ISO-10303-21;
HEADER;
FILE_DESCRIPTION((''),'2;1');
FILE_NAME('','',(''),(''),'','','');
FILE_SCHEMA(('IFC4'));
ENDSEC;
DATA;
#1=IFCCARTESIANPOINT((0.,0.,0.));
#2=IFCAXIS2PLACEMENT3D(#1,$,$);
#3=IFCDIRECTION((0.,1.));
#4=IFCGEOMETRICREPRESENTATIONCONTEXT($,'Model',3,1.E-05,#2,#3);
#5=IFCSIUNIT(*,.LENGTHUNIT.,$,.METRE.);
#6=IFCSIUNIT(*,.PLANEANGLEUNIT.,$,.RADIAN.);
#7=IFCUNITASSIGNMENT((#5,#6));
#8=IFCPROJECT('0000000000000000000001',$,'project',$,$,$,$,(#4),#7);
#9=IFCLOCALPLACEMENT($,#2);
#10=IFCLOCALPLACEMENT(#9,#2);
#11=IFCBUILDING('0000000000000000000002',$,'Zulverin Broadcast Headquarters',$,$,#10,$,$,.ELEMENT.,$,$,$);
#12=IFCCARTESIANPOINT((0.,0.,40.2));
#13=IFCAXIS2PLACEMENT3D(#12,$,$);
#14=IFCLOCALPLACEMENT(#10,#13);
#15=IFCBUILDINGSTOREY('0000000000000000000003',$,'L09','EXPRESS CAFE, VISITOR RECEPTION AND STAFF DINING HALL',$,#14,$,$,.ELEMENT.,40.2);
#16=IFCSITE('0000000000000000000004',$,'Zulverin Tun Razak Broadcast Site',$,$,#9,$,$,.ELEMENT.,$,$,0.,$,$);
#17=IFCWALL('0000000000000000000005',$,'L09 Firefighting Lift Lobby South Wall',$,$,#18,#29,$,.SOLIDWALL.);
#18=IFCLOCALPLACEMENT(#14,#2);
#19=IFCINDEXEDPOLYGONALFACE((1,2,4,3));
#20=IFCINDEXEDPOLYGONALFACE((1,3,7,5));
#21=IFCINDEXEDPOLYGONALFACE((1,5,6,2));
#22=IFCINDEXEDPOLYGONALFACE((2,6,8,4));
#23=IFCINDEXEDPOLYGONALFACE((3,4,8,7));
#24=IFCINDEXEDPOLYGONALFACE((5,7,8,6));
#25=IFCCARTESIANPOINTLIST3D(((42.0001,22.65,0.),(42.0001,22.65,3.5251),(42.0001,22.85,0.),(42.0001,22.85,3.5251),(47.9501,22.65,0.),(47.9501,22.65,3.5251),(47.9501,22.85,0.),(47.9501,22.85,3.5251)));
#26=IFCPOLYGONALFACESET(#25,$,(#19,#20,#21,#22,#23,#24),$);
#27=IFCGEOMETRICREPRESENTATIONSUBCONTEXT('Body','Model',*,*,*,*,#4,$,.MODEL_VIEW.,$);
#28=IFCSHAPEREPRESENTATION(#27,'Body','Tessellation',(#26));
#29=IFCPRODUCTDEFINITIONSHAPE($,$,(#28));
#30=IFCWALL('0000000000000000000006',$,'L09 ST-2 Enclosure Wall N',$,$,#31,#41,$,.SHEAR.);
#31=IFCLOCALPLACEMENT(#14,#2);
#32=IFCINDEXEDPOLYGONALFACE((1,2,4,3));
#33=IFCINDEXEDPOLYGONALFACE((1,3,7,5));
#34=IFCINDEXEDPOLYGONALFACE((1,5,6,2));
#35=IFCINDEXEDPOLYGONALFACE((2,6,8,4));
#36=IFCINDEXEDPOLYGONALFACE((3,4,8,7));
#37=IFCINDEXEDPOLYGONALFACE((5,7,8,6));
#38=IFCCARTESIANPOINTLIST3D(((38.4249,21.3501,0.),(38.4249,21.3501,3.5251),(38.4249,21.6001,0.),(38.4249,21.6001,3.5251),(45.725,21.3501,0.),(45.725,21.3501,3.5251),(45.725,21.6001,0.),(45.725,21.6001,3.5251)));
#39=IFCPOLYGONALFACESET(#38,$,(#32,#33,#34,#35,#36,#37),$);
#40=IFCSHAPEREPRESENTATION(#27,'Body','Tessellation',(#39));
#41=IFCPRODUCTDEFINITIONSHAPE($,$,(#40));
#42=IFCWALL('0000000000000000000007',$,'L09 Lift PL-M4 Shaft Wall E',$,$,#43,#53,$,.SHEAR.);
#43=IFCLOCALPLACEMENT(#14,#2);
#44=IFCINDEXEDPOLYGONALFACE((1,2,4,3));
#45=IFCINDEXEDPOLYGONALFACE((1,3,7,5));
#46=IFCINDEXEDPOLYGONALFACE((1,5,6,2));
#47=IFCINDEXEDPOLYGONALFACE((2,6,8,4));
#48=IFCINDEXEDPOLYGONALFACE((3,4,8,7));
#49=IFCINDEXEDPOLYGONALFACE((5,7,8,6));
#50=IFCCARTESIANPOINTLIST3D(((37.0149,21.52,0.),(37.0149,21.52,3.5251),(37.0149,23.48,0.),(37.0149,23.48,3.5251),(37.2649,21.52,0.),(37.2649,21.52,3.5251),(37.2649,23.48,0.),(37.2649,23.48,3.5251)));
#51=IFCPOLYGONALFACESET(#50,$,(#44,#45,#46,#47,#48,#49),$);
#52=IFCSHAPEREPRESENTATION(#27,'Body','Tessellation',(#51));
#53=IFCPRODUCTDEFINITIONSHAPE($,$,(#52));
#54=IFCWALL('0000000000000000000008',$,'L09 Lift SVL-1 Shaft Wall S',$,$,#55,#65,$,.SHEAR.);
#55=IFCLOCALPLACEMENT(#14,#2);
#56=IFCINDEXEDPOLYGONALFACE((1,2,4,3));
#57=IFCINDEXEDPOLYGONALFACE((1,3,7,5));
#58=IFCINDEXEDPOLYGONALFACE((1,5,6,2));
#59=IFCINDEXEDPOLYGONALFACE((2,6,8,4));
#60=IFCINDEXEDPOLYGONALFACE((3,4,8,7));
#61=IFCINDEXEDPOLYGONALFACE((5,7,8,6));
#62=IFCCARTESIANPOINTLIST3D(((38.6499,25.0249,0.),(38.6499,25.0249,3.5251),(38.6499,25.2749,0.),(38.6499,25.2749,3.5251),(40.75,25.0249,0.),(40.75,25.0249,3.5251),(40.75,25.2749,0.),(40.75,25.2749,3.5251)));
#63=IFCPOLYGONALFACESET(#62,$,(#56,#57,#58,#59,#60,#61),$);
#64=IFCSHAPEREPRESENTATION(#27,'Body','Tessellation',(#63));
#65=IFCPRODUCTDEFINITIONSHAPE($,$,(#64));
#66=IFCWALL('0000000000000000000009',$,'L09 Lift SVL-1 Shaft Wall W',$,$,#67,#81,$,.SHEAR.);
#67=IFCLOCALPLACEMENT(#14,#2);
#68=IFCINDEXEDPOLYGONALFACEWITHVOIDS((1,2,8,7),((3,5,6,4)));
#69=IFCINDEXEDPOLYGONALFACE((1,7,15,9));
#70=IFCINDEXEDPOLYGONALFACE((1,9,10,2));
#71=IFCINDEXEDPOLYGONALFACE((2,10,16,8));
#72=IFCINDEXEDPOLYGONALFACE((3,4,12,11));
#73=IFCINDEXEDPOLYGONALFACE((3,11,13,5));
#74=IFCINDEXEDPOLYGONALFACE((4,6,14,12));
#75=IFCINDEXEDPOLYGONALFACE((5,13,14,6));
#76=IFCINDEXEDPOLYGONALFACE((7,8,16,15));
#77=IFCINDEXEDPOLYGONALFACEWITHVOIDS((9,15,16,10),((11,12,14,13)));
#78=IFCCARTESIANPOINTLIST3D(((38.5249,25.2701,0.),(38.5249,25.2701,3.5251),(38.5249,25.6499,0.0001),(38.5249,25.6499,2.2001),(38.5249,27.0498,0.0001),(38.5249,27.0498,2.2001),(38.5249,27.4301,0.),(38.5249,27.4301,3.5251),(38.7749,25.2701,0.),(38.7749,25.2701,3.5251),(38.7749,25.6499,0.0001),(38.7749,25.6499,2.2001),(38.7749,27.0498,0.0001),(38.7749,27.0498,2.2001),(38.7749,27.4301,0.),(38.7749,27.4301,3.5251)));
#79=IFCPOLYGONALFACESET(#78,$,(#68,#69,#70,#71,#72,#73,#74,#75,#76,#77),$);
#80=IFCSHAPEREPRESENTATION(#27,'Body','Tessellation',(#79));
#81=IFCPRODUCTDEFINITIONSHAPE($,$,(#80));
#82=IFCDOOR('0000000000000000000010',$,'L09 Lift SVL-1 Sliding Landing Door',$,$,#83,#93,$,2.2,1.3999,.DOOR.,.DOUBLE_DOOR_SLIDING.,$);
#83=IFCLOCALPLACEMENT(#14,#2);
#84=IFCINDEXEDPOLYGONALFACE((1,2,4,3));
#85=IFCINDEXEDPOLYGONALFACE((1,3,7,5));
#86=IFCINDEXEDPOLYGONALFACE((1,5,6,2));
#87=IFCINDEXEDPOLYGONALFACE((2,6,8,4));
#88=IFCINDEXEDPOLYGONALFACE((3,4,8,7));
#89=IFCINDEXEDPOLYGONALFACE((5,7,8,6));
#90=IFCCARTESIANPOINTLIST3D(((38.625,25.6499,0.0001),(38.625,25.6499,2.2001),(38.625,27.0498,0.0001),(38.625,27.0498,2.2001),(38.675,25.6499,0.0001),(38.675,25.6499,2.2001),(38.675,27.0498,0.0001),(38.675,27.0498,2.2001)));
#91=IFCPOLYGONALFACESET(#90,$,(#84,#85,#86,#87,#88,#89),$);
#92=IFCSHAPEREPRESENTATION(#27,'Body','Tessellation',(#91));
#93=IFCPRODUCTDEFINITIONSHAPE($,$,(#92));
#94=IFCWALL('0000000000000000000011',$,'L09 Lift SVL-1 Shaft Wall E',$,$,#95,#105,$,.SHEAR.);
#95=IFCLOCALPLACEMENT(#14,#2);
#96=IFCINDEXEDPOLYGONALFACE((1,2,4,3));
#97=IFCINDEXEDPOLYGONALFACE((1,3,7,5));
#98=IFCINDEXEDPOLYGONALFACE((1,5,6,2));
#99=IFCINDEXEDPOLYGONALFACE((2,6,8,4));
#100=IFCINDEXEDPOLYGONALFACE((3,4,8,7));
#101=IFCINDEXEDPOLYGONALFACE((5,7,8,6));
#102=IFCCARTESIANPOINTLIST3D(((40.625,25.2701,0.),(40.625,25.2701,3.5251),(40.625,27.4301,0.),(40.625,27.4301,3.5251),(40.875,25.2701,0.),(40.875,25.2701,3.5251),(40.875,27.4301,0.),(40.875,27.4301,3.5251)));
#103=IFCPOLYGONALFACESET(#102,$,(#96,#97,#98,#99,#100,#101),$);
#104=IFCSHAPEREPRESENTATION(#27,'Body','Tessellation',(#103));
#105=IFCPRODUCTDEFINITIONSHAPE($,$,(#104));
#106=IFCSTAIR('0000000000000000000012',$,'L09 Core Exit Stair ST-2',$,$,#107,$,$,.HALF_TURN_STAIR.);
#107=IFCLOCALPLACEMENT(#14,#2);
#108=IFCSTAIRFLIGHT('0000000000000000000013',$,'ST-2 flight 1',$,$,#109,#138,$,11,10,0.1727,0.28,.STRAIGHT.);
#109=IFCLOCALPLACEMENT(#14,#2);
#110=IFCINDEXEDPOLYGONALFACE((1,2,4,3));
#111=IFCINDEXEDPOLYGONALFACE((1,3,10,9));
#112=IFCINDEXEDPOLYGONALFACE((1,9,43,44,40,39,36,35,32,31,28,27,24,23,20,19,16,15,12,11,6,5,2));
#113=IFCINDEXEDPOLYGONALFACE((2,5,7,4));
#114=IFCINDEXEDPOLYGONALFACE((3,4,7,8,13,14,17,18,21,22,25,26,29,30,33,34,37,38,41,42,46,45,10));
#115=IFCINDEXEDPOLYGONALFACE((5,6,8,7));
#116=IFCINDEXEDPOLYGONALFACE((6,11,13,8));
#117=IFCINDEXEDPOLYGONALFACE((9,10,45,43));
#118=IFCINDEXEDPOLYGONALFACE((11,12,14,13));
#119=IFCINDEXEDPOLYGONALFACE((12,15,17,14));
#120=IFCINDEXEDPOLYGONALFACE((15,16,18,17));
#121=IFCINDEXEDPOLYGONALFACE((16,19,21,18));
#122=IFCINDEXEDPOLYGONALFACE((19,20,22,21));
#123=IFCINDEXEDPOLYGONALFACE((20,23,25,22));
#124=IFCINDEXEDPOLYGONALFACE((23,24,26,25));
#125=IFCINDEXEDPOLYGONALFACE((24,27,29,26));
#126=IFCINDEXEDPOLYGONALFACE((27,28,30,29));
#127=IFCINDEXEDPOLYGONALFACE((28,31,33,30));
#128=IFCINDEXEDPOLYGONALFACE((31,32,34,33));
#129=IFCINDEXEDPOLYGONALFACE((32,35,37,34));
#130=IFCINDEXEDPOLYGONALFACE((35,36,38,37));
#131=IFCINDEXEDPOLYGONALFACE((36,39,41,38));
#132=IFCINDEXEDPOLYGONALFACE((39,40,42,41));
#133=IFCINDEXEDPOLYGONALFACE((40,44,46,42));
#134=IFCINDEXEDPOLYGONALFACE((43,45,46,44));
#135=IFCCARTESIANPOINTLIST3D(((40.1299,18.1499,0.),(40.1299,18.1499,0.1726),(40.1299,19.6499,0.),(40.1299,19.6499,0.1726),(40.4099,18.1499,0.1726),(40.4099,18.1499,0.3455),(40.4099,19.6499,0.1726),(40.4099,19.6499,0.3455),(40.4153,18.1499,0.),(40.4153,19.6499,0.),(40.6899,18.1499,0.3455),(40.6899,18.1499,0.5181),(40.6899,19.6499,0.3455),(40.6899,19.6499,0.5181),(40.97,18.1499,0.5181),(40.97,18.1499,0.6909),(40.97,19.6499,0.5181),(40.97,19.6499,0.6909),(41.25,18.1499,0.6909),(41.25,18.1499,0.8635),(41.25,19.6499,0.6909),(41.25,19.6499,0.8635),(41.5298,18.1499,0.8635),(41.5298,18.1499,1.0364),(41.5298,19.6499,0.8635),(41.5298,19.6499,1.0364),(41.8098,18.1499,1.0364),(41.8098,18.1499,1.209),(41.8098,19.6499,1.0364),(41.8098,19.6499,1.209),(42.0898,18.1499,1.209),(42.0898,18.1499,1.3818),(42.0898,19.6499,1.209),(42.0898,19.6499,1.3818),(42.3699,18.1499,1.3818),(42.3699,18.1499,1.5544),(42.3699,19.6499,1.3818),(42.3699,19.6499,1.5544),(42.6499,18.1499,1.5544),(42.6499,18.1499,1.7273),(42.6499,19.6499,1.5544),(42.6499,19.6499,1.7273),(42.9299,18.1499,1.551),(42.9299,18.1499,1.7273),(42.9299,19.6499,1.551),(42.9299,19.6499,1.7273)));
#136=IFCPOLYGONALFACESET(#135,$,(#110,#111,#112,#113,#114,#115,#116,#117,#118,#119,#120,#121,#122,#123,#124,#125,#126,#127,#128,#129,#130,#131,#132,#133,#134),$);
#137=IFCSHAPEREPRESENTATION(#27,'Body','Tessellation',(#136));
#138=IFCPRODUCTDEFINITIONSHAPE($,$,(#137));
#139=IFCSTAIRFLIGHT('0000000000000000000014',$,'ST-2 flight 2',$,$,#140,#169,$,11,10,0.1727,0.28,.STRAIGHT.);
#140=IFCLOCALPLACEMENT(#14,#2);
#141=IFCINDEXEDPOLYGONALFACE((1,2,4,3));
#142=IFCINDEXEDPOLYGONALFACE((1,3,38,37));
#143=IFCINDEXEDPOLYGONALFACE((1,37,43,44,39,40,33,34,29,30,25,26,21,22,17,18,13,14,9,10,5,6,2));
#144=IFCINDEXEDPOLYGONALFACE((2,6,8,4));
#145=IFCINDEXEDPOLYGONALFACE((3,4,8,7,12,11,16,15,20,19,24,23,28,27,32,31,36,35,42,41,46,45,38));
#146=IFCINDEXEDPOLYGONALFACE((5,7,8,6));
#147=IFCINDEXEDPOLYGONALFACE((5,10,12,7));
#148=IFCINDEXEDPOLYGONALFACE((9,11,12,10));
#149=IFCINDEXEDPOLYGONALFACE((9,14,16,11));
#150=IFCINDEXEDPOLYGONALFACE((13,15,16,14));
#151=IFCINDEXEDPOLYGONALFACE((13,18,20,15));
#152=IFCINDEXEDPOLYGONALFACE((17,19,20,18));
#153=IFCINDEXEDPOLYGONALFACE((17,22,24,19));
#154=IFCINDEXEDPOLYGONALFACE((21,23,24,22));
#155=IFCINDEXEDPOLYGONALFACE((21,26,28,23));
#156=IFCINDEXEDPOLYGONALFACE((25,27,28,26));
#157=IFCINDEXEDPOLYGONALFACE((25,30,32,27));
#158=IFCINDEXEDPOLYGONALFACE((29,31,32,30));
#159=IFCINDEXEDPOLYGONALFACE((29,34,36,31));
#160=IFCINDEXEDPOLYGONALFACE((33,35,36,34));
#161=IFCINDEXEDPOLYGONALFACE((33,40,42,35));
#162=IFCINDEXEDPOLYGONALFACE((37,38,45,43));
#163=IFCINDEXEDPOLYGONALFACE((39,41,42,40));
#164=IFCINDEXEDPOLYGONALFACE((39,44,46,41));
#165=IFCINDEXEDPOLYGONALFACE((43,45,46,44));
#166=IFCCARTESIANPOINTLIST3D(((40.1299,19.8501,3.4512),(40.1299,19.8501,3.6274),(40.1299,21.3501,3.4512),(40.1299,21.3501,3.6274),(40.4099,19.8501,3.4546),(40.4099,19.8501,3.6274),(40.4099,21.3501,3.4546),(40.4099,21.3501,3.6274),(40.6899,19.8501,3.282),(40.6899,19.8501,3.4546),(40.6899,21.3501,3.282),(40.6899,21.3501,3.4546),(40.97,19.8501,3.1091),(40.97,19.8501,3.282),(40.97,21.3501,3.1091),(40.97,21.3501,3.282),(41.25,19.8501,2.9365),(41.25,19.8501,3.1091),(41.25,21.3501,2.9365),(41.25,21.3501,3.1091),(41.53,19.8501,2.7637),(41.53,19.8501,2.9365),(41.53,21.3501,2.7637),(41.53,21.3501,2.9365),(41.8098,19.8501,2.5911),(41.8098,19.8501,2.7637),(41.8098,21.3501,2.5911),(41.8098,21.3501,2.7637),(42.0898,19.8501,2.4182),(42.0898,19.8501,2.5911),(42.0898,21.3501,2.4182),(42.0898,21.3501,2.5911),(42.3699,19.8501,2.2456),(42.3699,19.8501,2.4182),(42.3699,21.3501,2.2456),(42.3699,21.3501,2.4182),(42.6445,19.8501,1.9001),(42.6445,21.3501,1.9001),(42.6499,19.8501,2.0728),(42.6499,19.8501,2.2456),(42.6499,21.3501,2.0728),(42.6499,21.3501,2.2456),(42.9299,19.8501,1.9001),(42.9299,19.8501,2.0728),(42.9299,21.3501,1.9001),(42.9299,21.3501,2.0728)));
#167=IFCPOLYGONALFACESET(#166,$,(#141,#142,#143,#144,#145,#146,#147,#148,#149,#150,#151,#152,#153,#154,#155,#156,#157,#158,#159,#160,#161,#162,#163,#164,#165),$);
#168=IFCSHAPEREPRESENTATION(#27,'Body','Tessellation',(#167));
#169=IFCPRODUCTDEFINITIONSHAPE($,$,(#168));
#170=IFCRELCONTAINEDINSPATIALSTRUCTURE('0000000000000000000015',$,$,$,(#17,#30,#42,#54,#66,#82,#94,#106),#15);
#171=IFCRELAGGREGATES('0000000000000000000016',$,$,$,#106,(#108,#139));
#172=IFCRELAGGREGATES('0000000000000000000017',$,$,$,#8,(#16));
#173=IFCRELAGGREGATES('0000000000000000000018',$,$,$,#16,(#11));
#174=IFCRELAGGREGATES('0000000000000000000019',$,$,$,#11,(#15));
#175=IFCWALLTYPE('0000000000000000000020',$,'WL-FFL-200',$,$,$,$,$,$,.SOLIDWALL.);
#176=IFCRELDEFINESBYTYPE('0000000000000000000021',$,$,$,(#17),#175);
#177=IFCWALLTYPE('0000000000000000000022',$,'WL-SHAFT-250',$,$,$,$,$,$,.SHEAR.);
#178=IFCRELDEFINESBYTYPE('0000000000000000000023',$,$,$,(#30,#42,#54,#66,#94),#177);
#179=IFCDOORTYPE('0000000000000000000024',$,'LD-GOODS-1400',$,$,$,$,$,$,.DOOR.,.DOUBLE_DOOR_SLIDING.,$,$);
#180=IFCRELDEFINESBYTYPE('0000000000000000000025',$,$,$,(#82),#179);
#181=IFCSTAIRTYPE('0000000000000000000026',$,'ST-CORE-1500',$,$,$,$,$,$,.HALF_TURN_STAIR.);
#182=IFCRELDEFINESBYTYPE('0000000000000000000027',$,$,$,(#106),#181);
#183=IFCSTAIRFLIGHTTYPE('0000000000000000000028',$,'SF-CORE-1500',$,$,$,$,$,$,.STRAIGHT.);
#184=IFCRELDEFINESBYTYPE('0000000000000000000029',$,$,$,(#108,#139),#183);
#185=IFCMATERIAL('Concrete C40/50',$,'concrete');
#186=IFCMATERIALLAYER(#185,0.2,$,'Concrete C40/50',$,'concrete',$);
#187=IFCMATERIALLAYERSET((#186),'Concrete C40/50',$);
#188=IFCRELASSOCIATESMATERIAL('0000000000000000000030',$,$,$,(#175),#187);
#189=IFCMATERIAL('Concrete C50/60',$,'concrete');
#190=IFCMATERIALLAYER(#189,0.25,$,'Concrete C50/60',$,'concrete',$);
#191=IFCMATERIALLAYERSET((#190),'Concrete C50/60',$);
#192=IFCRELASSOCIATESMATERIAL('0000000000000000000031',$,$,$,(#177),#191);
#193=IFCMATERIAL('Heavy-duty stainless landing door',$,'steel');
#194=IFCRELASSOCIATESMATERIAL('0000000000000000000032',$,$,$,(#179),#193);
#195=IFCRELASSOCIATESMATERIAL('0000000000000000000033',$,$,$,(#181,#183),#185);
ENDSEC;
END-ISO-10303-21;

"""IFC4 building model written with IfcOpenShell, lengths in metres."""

from ifc_helpers import new_model, si_unit, direction, frame, frame_2d, origin, place, context, subcontext, project, spatial, polyline, rectangle, outline, extrude, material, layer, layer_set, type_object, element, fill, aggregate, save


model = new_model("IFC4")

# Units and contexts
model_context = context("Model", 3, precision=1e-05, world=origin(), true_north=direction((0.0, 1.0)))
body_context = subcontext(model_context, "Body", "Model", "MODEL_VIEW")
ifc_project = project(units=[si_unit("LENGTHUNIT", "METRE"), si_unit("PLANEANGLEUNIT", "RADIAN")], contexts=[model_context])

# Site, building, storey
site_placement = place(None, origin())
site = spatial("IfcSite", under=ifc_project, at=site_placement, Name="Zulverin Tun Razak Broadcast Site", CompositionType="ELEMENT", RefElevation=0.0)
building_placement = place(site_placement, origin())
building = spatial("IfcBuilding", under=site, at=building_placement, Name="Zulverin Broadcast Headquarters", CompositionType="ELEMENT")
storey_placement = place(building_placement, frame((0.0, 0.0, 40.2)))
storey = spatial("IfcBuildingStorey", under=building, at=storey_placement, Name="L09", Description="EXPRESS CAFE, VISITOR RECEPTION AND STAFF DINING HALL", CompositionType="ELEMENT", Elevation=40.2)

# Shared definitions
ifc_material_1 = material(Name="Concrete C40/50", Category="concrete")
ifc_layer_1 = layer(ifc_material_1, 0.2, Name="Concrete C40/50", Category="concrete")
ifc_layer_set_1 = layer_set([ifc_layer_1], Name="Concrete C40/50")
wall_type_1 = type_object("IfcWallType", Name="WL-FFL-200", PredefinedType="SOLIDWALL", material=ifc_layer_set_1)

# Wall
wall_1_placement = place(storey_placement, frame((42.0, 22.75, 0.0), z_axis=(0.0, 0.0, 1.0), x_axis=(1.0, 0.0, 0.0)))
element("IfcWall", 1, at=wall_1_placement, inside=storey, type_object=wall_type_1, Name="L09 Firefighting Lift Lobby South Wall", PredefinedType="SOLIDWALL", context=body_context, shape_type="SweptSolid", body=[
    extrude(rectangle(XDim=5.95, YDim=0.2, at=frame_2d((2.9751, 0.0))), origin(), (0.0, 0.0, 1.0), 3.5251),
])

# Walls
ifc_material_2 = material(Name="Concrete C50/60", Category="concrete")
ifc_layer_2 = layer(ifc_material_2, 0.25, Name="Concrete C50/60", Category="concrete")
ifc_layer_set_2 = layer_set([ifc_layer_2], Name="Concrete C50/60")
wall_type_2 = type_object("IfcWallType", Name="WL-SHAFT-250", PredefinedType="SHEAR", material=ifc_layer_set_2)
wall_2_placement = place(storey_placement, frame((38.425, 21.4751, 0.0), z_axis=(0.0, 0.0, 1.0), x_axis=(1.0, 0.0, 0.0)))
element("IfcWall", 2, at=wall_2_placement, inside=storey, type_object=wall_type_2, Name="L09 ST-2 Enclosure Wall N", PredefinedType="SHEAR", context=body_context, shape_type="SweptSolid", body=[
    extrude(rectangle(XDim=7.3, YDim=0.25, at=frame_2d((3.6499, 0.0))), origin(), (0.0, 0.0, 1.0), 3.5251),
])
wall_3_placement = place(storey_placement, frame((37.1399, 21.52, 0.0), z_axis=(0.0, 0.0, 1.0), x_axis=(0.0, 1.0, 0.0)))
element("IfcWall", 3, at=wall_3_placement, inside=storey, type_object=wall_type_2, Name="L09 Lift PL-M4 Shaft Wall E", PredefinedType="SHEAR", context=body_context, shape_type="SweptSolid", body=[
    extrude(rectangle(XDim=1.96, YDim=0.25, at=frame_2d((0.98, 0.0))), origin(), (0.0, 0.0, 1.0), 3.5251),
])

# Wall
wall_4_placement = place(storey_placement, frame((38.6499, 25.1499, 0.0), z_axis=(0.0, 0.0, 1.0), x_axis=(1.0, 0.0, 0.0)))
element("IfcWall", 4, at=wall_4_placement, inside=storey, type_object=wall_type_2, Name="L09 Lift SVL-1 Shaft Wall S", PredefinedType="SHEAR", context=body_context, shape_type="SweptSolid", body=[
    extrude(rectangle(XDim=2.1001, YDim=0.25, at=frame_2d((1.05, 0.0))), origin(), (0.0, 0.0, 1.0), 3.5251),
])

# Wall, opening, door
wall_5_placement = place(storey_placement, frame((38.6499, 25.27, 0.0), z_axis=(0.0, 0.0, 1.0), x_axis=(0.0, 1.0, 0.0)))
wall_5 = element("IfcWall", 5, at=wall_5_placement, inside=storey, type_object=wall_type_2, Name="L09 Lift SVL-1 Shaft Wall W", PredefinedType="SHEAR", context=body_context, shape_type="SweptSolid", body=[
    extrude(rectangle(XDim=2.1599, YDim=0.25, at=frame_2d((1.0801, 0.0))), origin(), (0.0, 0.0, 1.0), 3.5251),
])
opening_1_placement = place(wall_5_placement, frame((0.3799, 0.0, 0.0)))
opening_1 = element("IfcOpeningElement", 6, at=opening_1_placement, cuts=wall_5, PredefinedType="OPENING", context=body_context, shape_type="SweptSolid", body=[
    extrude(rectangle(XDim=1.3999, YDim=2.2, at=frame_2d((0.7, 1.1001))), frame((0.0, 0.135, 0.0), z_axis=(0.0, -1.0, 0.0), x_axis=(1.0, 0.0, 0.0)), (0.0, 0.0, 1.0), 0.27),
])
ifc_material_3 = material(Name="Heavy-duty stainless landing door", Category="steel")
door_type_1 = type_object("IfcDoorType", Name="LD-GOODS-1400", OperationType="DOUBLE_DOOR_SLIDING", PredefinedType="DOOR", material=ifc_material_3)
door_1_placement = place(opening_1_placement, origin())
door_1 = element("IfcDoor", 7, at=door_1_placement, inside=storey, type_object=door_type_1, Name="L09 Lift SVL-1 Sliding Landing Door", OperationType="DOUBLE_DOOR_SLIDING", OverallHeight=2.2, OverallWidth=1.3999, PredefinedType="DOOR", context=body_context, shape_type="SweptSolid", body=[
    extrude(rectangle(XDim=1.3999, YDim=2.2, at=frame_2d((0.7, 1.1001))), frame((0.0, 0.0249, 0.0), z_axis=(0.0, -1.0, 0.0), x_axis=(1.0, 0.0, 0.0)), (0.0, 0.0, 1.0), 0.05),
])
fill(opening_1, door_1)

# Wall
wall_6_placement = place(storey_placement, frame((40.75, 25.27, 0.0), z_axis=(0.0, 0.0, 1.0), x_axis=(0.0, 1.0, 0.0)))
element("IfcWall", 8, at=wall_6_placement, inside=storey, type_object=wall_type_2, Name="L09 Lift SVL-1 Shaft Wall E", PredefinedType="SHEAR", context=body_context, shape_type="SweptSolid", body=[
    extrude(rectangle(XDim=2.1599, YDim=0.25, at=frame_2d((1.0801, 0.0))), origin(), (0.0, 0.0, 1.0), 3.5251),
])

# Stair, stair flights
stair_type = type_object("IfcStairType", Name="ST-CORE-1500", PredefinedType="HALF_TURN_STAIR", material=ifc_material_1)
stair_placement = place(storey_placement, origin())
stair = element("IfcStair", 9, at=stair_placement, inside=storey, type_object=stair_type, Name="L09 Core Exit Stair ST-2", PredefinedType="HALF_TURN_STAIR")
stair_flight_type = type_object("IfcStairFlightType", Name="SF-CORE-1500", PredefinedType="STRAIGHT", material=ifc_material_1)
stair_flight_1_placement = place(storey_placement, frame((40.1299, 18.8999, 0.0), z_axis=(0.0, 0.0, 1.0), x_axis=(1.0, 0.0, 0.0)))
stair_flight_1 = element("IfcStairFlight", 10, at=stair_flight_1_placement, type_object=stair_flight_type, Name="ST-2 flight 1", NumberOfRisers=11, NumberOfTreads=10, PredefinedType="STRAIGHT", RiserHeight=0.1727, TreadLength=0.28, context=body_context, shape_type="SweptSolid", body=[
    extrude(outline(polyline([(0.0, 0.0), (0.0, 0.1726), (0.28, 0.1726), (0.28, 0.3455), (0.5601, 0.3455), (0.5601, 0.5181), (0.8401, 0.5181), (0.8401, 0.6909), (1.1201, 0.6909), (1.1201, 0.8635), (1.3999, 0.8635), (1.3999, 1.0364), (1.6799, 1.0364), (1.6799, 1.209), (1.96, 1.209), (1.96, 1.3818), (2.24, 1.3818), (2.24, 1.5544), (2.52, 1.5544), (2.52, 1.7273), (2.8, 1.7273), (2.8, 1.8999), (2.8, 1.551), (0.2854, 0.0), (0.0, 0.0)])), frame((0.0, 0.75, 0.0), z_axis=(0.0, -1.0, 0.0), x_axis=(1.0, 0.0, 0.0)), (0.0, 0.0, 1.0), 1.5),
])
stair_flight_2_placement = place(storey_placement, frame((42.9299, 20.6001, 1.9001), z_axis=(0.0, 0.0, 1.0), x_axis=(-1.0, 0.0, 0.0)))
stair_flight_2 = element("IfcStairFlight", 11, at=stair_flight_2_placement, type_object=stair_flight_type, Name="ST-2 flight 2", NumberOfRisers=11, NumberOfTreads=10, PredefinedType="STRAIGHT", RiserHeight=0.1727, TreadLength=0.28, context=body_context, shape_type="SweptSolid", body=[
    extrude(outline(polyline([(0.0, 0.0), (0.0, 0.1726), (0.28, 0.1726), (0.28, 0.3455), (0.5601, 0.3455), (0.5601, 0.5181), (0.8401, 0.5181), (0.8401, 0.6909), (1.1201, 0.6909), (1.1201, 0.8635), (1.3999, 0.8635), (1.3999, 1.0364), (1.6799, 1.0364), (1.6799, 1.209), (1.96, 1.209), (1.96, 1.3818), (2.24, 1.3818), (2.24, 1.5544), (2.52, 1.5544), (2.52, 1.7273), (2.8, 1.7273), (2.8, 1.8999), (2.8, 1.551), (0.2854, 0.0), (0.0, 0.0)])), frame((0.0, 0.75, 0.0), z_axis=(0.0, -1.0, 0.0), x_axis=(1.0, 0.0, 0.0)), (0.0, 0.0, 1.0), 1.5),
])
aggregate(stair, [stair_flight_1, stair_flight_2])

save(model, "model.ifc")
